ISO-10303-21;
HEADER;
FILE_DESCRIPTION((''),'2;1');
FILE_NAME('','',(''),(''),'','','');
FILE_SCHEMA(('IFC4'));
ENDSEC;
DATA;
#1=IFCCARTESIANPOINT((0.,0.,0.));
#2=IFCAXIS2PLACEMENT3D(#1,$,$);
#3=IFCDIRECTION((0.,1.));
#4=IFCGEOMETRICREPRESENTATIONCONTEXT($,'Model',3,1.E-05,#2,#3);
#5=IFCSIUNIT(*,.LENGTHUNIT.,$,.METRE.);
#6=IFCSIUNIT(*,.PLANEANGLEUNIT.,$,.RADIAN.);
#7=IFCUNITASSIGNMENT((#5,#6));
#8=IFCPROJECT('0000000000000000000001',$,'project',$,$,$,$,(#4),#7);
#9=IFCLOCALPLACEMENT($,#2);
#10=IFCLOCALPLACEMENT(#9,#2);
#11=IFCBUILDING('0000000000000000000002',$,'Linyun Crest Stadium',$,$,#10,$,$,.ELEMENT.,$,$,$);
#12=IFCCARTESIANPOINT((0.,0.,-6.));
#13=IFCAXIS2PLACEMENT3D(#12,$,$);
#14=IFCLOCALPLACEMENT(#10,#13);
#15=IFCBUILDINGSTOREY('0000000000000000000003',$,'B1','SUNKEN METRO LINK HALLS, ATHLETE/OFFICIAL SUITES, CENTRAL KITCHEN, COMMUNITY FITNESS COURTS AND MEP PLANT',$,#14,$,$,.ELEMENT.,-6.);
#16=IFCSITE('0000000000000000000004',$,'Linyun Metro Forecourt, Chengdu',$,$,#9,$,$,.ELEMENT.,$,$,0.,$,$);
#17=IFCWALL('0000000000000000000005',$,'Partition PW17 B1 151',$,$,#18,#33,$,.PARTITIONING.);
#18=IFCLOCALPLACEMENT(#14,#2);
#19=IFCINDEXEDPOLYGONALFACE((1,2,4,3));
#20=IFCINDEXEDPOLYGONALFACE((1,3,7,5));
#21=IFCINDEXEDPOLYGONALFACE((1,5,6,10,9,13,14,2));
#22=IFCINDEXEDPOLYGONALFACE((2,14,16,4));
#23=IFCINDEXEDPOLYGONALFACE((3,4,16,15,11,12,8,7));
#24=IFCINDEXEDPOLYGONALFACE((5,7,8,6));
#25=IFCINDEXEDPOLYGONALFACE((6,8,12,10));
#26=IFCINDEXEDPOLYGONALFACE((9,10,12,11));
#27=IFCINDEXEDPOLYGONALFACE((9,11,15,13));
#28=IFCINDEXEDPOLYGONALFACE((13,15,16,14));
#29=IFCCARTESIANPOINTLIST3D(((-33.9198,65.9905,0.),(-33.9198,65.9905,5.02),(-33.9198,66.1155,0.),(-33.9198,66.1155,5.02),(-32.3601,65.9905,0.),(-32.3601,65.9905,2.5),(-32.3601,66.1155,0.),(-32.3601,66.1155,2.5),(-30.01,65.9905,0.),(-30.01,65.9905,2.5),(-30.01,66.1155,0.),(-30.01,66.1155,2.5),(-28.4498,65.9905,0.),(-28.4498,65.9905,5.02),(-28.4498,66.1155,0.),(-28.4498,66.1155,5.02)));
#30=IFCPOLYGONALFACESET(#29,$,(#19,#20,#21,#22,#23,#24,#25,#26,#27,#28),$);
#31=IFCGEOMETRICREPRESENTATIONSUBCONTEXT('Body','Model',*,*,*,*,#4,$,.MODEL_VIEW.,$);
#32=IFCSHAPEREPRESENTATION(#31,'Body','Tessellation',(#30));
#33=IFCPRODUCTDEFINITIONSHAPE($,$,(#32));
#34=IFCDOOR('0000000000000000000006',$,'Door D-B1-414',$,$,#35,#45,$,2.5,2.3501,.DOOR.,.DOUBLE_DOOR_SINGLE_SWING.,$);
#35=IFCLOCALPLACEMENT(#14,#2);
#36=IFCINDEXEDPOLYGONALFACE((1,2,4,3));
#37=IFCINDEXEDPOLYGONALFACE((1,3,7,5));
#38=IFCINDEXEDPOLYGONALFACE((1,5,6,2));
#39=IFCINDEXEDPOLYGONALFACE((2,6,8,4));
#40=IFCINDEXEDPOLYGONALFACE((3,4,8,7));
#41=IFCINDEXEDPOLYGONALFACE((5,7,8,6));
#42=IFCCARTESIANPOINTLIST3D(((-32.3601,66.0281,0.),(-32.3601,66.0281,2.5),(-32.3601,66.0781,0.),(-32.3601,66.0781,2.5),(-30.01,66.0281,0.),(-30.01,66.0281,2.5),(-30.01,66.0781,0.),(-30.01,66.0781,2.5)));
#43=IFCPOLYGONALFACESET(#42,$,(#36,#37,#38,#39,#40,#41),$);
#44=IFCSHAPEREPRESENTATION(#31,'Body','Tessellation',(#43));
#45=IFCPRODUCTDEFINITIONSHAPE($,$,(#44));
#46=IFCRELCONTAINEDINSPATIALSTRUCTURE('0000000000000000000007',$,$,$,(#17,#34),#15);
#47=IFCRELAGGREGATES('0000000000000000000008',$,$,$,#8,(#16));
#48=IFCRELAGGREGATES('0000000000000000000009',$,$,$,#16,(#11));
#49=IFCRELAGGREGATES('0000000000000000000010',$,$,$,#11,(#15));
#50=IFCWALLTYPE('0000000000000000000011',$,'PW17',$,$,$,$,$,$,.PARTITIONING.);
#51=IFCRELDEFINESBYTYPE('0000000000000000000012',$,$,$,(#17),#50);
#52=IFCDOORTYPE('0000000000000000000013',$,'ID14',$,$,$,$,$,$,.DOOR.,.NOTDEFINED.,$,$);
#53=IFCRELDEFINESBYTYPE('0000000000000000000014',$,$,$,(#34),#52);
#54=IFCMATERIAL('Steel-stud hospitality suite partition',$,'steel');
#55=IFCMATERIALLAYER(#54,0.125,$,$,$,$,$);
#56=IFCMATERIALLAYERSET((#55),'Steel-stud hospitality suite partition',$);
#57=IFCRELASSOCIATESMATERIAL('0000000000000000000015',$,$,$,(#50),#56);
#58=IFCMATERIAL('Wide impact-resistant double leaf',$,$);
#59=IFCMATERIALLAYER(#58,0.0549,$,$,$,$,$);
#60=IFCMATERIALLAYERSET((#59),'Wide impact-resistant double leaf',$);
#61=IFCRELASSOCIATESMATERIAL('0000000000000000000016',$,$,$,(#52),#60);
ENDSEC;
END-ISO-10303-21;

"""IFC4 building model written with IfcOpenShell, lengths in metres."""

from ifc_helpers import new_model, si_unit, direction, frame, frame_2d, origin, place, context, subcontext, project, spatial, rectangle, extrude, material, layer, layer_set, type_object, element, fill, save


model = new_model("IFC4")

# Units and contexts
model_context = context("Model", 3, precision=1e-05, world=origin(), true_north=direction((0.0, 1.0)))
body_context = subcontext(model_context, "Body", "Model", "MODEL_VIEW")
ifc_project = project(units=[si_unit("LENGTHUNIT", "METRE"), si_unit("PLANEANGLEUNIT", "RADIAN")], contexts=[model_context])

# Site, building, storey
site_placement = place(None, origin())
site = spatial("IfcSite", under=ifc_project, at=site_placement, Name="Linyun Metro Forecourt, Chengdu", CompositionType="ELEMENT", RefElevation=0.0)
building_placement = place(site_placement, origin())
building = spatial("IfcBuilding", under=site, at=building_placement, Name="Linyun Crest Stadium", CompositionType="ELEMENT")
storey_placement = place(building_placement, frame((0.0, 0.0, -6.0)))
storey = spatial("IfcBuildingStorey", under=building, at=storey_placement, Name="B1", Description="SUNKEN METRO LINK HALLS, ATHLETE/OFFICIAL SUITES, CENTRAL KITCHEN, COMMUNITY FITNESS COURTS AND MEP PLANT", CompositionType="ELEMENT", Elevation=-6.0)

# Wall, opening, door
ifc_material_1 = material(Name="Steel-stud hospitality suite partition", Category="steel")
ifc_layer_1 = layer(ifc_material_1, 0.125)
ifc_layer_set_1 = layer_set([ifc_layer_1], Name="Steel-stud hospitality suite partition")
wall_type = type_object("IfcWallType", Name="PW17", PredefinedType="PARTITIONING", material=ifc_layer_set_1)
wall_placement = place(storey_placement, frame((-28.45, 66.053, 0.0), z_axis=(0.0, 0.0, 1.0), x_axis=(-1.0, 0.0, 0.0)))
wall = element("IfcWall", 1, at=wall_placement, inside=storey, type_object=wall_type, Name="Partition PW17 B1 151", PredefinedType="PARTITIONING", context=body_context, shape_type="SweptSolid", body=[
    extrude(rectangle(XDim=5.47, YDim=0.125, at=frame_2d((2.7349, 0.0))), origin(), (0.0, 0.0, 1.0), 5.02),
])
opening_placement = place(wall_placement, frame((1.5601, 0.0, 0.0)))
opening = element("IfcOpeningElement", 2, at=opening_placement, cuts=wall, PredefinedType="OPENING", context=body_context, shape_type="SweptSolid", body=[
    extrude(rectangle(XDim=2.3501, YDim=2.5, at=frame_2d((1.175, 1.25))), frame((0.0, 0.0725, 0.0), z_axis=(0.0, -1.0, 0.0), x_axis=(1.0, 0.0, 0.0)), (0.0, 0.0, 1.0), 0.145),
])
ifc_material_2 = material(Name="Wide impact-resistant double leaf")
ifc_layer_2 = layer(ifc_material_2, 0.0549)
ifc_layer_set_2 = layer_set([ifc_layer_2], Name="Wide impact-resistant double leaf")
door_type = type_object("IfcDoorType", Name="ID14", OperationType="NOTDEFINED", PredefinedType="DOOR", material=ifc_layer_set_2)
door_placement = place(opening_placement, origin())
door = element("IfcDoor", 3, at=door_placement, inside=storey, type_object=door_type, Name="Door D-B1-414", OperationType="DOUBLE_DOOR_SINGLE_SWING", OverallHeight=2.5, OverallWidth=2.3501, PredefinedType="DOOR", context=body_context, shape_type="SweptSolid", body=[
    extrude(rectangle(XDim=2.3501, YDim=2.5, at=frame_2d((1.175, 1.25))), frame((0.0, 0.0249, 0.0), z_axis=(0.0, -1.0, 0.0), x_axis=(1.0, 0.0, 0.0)), (0.0, 0.0, 1.0), 0.05),
])
fill(opening, door)

save(model, "model.ifc")
